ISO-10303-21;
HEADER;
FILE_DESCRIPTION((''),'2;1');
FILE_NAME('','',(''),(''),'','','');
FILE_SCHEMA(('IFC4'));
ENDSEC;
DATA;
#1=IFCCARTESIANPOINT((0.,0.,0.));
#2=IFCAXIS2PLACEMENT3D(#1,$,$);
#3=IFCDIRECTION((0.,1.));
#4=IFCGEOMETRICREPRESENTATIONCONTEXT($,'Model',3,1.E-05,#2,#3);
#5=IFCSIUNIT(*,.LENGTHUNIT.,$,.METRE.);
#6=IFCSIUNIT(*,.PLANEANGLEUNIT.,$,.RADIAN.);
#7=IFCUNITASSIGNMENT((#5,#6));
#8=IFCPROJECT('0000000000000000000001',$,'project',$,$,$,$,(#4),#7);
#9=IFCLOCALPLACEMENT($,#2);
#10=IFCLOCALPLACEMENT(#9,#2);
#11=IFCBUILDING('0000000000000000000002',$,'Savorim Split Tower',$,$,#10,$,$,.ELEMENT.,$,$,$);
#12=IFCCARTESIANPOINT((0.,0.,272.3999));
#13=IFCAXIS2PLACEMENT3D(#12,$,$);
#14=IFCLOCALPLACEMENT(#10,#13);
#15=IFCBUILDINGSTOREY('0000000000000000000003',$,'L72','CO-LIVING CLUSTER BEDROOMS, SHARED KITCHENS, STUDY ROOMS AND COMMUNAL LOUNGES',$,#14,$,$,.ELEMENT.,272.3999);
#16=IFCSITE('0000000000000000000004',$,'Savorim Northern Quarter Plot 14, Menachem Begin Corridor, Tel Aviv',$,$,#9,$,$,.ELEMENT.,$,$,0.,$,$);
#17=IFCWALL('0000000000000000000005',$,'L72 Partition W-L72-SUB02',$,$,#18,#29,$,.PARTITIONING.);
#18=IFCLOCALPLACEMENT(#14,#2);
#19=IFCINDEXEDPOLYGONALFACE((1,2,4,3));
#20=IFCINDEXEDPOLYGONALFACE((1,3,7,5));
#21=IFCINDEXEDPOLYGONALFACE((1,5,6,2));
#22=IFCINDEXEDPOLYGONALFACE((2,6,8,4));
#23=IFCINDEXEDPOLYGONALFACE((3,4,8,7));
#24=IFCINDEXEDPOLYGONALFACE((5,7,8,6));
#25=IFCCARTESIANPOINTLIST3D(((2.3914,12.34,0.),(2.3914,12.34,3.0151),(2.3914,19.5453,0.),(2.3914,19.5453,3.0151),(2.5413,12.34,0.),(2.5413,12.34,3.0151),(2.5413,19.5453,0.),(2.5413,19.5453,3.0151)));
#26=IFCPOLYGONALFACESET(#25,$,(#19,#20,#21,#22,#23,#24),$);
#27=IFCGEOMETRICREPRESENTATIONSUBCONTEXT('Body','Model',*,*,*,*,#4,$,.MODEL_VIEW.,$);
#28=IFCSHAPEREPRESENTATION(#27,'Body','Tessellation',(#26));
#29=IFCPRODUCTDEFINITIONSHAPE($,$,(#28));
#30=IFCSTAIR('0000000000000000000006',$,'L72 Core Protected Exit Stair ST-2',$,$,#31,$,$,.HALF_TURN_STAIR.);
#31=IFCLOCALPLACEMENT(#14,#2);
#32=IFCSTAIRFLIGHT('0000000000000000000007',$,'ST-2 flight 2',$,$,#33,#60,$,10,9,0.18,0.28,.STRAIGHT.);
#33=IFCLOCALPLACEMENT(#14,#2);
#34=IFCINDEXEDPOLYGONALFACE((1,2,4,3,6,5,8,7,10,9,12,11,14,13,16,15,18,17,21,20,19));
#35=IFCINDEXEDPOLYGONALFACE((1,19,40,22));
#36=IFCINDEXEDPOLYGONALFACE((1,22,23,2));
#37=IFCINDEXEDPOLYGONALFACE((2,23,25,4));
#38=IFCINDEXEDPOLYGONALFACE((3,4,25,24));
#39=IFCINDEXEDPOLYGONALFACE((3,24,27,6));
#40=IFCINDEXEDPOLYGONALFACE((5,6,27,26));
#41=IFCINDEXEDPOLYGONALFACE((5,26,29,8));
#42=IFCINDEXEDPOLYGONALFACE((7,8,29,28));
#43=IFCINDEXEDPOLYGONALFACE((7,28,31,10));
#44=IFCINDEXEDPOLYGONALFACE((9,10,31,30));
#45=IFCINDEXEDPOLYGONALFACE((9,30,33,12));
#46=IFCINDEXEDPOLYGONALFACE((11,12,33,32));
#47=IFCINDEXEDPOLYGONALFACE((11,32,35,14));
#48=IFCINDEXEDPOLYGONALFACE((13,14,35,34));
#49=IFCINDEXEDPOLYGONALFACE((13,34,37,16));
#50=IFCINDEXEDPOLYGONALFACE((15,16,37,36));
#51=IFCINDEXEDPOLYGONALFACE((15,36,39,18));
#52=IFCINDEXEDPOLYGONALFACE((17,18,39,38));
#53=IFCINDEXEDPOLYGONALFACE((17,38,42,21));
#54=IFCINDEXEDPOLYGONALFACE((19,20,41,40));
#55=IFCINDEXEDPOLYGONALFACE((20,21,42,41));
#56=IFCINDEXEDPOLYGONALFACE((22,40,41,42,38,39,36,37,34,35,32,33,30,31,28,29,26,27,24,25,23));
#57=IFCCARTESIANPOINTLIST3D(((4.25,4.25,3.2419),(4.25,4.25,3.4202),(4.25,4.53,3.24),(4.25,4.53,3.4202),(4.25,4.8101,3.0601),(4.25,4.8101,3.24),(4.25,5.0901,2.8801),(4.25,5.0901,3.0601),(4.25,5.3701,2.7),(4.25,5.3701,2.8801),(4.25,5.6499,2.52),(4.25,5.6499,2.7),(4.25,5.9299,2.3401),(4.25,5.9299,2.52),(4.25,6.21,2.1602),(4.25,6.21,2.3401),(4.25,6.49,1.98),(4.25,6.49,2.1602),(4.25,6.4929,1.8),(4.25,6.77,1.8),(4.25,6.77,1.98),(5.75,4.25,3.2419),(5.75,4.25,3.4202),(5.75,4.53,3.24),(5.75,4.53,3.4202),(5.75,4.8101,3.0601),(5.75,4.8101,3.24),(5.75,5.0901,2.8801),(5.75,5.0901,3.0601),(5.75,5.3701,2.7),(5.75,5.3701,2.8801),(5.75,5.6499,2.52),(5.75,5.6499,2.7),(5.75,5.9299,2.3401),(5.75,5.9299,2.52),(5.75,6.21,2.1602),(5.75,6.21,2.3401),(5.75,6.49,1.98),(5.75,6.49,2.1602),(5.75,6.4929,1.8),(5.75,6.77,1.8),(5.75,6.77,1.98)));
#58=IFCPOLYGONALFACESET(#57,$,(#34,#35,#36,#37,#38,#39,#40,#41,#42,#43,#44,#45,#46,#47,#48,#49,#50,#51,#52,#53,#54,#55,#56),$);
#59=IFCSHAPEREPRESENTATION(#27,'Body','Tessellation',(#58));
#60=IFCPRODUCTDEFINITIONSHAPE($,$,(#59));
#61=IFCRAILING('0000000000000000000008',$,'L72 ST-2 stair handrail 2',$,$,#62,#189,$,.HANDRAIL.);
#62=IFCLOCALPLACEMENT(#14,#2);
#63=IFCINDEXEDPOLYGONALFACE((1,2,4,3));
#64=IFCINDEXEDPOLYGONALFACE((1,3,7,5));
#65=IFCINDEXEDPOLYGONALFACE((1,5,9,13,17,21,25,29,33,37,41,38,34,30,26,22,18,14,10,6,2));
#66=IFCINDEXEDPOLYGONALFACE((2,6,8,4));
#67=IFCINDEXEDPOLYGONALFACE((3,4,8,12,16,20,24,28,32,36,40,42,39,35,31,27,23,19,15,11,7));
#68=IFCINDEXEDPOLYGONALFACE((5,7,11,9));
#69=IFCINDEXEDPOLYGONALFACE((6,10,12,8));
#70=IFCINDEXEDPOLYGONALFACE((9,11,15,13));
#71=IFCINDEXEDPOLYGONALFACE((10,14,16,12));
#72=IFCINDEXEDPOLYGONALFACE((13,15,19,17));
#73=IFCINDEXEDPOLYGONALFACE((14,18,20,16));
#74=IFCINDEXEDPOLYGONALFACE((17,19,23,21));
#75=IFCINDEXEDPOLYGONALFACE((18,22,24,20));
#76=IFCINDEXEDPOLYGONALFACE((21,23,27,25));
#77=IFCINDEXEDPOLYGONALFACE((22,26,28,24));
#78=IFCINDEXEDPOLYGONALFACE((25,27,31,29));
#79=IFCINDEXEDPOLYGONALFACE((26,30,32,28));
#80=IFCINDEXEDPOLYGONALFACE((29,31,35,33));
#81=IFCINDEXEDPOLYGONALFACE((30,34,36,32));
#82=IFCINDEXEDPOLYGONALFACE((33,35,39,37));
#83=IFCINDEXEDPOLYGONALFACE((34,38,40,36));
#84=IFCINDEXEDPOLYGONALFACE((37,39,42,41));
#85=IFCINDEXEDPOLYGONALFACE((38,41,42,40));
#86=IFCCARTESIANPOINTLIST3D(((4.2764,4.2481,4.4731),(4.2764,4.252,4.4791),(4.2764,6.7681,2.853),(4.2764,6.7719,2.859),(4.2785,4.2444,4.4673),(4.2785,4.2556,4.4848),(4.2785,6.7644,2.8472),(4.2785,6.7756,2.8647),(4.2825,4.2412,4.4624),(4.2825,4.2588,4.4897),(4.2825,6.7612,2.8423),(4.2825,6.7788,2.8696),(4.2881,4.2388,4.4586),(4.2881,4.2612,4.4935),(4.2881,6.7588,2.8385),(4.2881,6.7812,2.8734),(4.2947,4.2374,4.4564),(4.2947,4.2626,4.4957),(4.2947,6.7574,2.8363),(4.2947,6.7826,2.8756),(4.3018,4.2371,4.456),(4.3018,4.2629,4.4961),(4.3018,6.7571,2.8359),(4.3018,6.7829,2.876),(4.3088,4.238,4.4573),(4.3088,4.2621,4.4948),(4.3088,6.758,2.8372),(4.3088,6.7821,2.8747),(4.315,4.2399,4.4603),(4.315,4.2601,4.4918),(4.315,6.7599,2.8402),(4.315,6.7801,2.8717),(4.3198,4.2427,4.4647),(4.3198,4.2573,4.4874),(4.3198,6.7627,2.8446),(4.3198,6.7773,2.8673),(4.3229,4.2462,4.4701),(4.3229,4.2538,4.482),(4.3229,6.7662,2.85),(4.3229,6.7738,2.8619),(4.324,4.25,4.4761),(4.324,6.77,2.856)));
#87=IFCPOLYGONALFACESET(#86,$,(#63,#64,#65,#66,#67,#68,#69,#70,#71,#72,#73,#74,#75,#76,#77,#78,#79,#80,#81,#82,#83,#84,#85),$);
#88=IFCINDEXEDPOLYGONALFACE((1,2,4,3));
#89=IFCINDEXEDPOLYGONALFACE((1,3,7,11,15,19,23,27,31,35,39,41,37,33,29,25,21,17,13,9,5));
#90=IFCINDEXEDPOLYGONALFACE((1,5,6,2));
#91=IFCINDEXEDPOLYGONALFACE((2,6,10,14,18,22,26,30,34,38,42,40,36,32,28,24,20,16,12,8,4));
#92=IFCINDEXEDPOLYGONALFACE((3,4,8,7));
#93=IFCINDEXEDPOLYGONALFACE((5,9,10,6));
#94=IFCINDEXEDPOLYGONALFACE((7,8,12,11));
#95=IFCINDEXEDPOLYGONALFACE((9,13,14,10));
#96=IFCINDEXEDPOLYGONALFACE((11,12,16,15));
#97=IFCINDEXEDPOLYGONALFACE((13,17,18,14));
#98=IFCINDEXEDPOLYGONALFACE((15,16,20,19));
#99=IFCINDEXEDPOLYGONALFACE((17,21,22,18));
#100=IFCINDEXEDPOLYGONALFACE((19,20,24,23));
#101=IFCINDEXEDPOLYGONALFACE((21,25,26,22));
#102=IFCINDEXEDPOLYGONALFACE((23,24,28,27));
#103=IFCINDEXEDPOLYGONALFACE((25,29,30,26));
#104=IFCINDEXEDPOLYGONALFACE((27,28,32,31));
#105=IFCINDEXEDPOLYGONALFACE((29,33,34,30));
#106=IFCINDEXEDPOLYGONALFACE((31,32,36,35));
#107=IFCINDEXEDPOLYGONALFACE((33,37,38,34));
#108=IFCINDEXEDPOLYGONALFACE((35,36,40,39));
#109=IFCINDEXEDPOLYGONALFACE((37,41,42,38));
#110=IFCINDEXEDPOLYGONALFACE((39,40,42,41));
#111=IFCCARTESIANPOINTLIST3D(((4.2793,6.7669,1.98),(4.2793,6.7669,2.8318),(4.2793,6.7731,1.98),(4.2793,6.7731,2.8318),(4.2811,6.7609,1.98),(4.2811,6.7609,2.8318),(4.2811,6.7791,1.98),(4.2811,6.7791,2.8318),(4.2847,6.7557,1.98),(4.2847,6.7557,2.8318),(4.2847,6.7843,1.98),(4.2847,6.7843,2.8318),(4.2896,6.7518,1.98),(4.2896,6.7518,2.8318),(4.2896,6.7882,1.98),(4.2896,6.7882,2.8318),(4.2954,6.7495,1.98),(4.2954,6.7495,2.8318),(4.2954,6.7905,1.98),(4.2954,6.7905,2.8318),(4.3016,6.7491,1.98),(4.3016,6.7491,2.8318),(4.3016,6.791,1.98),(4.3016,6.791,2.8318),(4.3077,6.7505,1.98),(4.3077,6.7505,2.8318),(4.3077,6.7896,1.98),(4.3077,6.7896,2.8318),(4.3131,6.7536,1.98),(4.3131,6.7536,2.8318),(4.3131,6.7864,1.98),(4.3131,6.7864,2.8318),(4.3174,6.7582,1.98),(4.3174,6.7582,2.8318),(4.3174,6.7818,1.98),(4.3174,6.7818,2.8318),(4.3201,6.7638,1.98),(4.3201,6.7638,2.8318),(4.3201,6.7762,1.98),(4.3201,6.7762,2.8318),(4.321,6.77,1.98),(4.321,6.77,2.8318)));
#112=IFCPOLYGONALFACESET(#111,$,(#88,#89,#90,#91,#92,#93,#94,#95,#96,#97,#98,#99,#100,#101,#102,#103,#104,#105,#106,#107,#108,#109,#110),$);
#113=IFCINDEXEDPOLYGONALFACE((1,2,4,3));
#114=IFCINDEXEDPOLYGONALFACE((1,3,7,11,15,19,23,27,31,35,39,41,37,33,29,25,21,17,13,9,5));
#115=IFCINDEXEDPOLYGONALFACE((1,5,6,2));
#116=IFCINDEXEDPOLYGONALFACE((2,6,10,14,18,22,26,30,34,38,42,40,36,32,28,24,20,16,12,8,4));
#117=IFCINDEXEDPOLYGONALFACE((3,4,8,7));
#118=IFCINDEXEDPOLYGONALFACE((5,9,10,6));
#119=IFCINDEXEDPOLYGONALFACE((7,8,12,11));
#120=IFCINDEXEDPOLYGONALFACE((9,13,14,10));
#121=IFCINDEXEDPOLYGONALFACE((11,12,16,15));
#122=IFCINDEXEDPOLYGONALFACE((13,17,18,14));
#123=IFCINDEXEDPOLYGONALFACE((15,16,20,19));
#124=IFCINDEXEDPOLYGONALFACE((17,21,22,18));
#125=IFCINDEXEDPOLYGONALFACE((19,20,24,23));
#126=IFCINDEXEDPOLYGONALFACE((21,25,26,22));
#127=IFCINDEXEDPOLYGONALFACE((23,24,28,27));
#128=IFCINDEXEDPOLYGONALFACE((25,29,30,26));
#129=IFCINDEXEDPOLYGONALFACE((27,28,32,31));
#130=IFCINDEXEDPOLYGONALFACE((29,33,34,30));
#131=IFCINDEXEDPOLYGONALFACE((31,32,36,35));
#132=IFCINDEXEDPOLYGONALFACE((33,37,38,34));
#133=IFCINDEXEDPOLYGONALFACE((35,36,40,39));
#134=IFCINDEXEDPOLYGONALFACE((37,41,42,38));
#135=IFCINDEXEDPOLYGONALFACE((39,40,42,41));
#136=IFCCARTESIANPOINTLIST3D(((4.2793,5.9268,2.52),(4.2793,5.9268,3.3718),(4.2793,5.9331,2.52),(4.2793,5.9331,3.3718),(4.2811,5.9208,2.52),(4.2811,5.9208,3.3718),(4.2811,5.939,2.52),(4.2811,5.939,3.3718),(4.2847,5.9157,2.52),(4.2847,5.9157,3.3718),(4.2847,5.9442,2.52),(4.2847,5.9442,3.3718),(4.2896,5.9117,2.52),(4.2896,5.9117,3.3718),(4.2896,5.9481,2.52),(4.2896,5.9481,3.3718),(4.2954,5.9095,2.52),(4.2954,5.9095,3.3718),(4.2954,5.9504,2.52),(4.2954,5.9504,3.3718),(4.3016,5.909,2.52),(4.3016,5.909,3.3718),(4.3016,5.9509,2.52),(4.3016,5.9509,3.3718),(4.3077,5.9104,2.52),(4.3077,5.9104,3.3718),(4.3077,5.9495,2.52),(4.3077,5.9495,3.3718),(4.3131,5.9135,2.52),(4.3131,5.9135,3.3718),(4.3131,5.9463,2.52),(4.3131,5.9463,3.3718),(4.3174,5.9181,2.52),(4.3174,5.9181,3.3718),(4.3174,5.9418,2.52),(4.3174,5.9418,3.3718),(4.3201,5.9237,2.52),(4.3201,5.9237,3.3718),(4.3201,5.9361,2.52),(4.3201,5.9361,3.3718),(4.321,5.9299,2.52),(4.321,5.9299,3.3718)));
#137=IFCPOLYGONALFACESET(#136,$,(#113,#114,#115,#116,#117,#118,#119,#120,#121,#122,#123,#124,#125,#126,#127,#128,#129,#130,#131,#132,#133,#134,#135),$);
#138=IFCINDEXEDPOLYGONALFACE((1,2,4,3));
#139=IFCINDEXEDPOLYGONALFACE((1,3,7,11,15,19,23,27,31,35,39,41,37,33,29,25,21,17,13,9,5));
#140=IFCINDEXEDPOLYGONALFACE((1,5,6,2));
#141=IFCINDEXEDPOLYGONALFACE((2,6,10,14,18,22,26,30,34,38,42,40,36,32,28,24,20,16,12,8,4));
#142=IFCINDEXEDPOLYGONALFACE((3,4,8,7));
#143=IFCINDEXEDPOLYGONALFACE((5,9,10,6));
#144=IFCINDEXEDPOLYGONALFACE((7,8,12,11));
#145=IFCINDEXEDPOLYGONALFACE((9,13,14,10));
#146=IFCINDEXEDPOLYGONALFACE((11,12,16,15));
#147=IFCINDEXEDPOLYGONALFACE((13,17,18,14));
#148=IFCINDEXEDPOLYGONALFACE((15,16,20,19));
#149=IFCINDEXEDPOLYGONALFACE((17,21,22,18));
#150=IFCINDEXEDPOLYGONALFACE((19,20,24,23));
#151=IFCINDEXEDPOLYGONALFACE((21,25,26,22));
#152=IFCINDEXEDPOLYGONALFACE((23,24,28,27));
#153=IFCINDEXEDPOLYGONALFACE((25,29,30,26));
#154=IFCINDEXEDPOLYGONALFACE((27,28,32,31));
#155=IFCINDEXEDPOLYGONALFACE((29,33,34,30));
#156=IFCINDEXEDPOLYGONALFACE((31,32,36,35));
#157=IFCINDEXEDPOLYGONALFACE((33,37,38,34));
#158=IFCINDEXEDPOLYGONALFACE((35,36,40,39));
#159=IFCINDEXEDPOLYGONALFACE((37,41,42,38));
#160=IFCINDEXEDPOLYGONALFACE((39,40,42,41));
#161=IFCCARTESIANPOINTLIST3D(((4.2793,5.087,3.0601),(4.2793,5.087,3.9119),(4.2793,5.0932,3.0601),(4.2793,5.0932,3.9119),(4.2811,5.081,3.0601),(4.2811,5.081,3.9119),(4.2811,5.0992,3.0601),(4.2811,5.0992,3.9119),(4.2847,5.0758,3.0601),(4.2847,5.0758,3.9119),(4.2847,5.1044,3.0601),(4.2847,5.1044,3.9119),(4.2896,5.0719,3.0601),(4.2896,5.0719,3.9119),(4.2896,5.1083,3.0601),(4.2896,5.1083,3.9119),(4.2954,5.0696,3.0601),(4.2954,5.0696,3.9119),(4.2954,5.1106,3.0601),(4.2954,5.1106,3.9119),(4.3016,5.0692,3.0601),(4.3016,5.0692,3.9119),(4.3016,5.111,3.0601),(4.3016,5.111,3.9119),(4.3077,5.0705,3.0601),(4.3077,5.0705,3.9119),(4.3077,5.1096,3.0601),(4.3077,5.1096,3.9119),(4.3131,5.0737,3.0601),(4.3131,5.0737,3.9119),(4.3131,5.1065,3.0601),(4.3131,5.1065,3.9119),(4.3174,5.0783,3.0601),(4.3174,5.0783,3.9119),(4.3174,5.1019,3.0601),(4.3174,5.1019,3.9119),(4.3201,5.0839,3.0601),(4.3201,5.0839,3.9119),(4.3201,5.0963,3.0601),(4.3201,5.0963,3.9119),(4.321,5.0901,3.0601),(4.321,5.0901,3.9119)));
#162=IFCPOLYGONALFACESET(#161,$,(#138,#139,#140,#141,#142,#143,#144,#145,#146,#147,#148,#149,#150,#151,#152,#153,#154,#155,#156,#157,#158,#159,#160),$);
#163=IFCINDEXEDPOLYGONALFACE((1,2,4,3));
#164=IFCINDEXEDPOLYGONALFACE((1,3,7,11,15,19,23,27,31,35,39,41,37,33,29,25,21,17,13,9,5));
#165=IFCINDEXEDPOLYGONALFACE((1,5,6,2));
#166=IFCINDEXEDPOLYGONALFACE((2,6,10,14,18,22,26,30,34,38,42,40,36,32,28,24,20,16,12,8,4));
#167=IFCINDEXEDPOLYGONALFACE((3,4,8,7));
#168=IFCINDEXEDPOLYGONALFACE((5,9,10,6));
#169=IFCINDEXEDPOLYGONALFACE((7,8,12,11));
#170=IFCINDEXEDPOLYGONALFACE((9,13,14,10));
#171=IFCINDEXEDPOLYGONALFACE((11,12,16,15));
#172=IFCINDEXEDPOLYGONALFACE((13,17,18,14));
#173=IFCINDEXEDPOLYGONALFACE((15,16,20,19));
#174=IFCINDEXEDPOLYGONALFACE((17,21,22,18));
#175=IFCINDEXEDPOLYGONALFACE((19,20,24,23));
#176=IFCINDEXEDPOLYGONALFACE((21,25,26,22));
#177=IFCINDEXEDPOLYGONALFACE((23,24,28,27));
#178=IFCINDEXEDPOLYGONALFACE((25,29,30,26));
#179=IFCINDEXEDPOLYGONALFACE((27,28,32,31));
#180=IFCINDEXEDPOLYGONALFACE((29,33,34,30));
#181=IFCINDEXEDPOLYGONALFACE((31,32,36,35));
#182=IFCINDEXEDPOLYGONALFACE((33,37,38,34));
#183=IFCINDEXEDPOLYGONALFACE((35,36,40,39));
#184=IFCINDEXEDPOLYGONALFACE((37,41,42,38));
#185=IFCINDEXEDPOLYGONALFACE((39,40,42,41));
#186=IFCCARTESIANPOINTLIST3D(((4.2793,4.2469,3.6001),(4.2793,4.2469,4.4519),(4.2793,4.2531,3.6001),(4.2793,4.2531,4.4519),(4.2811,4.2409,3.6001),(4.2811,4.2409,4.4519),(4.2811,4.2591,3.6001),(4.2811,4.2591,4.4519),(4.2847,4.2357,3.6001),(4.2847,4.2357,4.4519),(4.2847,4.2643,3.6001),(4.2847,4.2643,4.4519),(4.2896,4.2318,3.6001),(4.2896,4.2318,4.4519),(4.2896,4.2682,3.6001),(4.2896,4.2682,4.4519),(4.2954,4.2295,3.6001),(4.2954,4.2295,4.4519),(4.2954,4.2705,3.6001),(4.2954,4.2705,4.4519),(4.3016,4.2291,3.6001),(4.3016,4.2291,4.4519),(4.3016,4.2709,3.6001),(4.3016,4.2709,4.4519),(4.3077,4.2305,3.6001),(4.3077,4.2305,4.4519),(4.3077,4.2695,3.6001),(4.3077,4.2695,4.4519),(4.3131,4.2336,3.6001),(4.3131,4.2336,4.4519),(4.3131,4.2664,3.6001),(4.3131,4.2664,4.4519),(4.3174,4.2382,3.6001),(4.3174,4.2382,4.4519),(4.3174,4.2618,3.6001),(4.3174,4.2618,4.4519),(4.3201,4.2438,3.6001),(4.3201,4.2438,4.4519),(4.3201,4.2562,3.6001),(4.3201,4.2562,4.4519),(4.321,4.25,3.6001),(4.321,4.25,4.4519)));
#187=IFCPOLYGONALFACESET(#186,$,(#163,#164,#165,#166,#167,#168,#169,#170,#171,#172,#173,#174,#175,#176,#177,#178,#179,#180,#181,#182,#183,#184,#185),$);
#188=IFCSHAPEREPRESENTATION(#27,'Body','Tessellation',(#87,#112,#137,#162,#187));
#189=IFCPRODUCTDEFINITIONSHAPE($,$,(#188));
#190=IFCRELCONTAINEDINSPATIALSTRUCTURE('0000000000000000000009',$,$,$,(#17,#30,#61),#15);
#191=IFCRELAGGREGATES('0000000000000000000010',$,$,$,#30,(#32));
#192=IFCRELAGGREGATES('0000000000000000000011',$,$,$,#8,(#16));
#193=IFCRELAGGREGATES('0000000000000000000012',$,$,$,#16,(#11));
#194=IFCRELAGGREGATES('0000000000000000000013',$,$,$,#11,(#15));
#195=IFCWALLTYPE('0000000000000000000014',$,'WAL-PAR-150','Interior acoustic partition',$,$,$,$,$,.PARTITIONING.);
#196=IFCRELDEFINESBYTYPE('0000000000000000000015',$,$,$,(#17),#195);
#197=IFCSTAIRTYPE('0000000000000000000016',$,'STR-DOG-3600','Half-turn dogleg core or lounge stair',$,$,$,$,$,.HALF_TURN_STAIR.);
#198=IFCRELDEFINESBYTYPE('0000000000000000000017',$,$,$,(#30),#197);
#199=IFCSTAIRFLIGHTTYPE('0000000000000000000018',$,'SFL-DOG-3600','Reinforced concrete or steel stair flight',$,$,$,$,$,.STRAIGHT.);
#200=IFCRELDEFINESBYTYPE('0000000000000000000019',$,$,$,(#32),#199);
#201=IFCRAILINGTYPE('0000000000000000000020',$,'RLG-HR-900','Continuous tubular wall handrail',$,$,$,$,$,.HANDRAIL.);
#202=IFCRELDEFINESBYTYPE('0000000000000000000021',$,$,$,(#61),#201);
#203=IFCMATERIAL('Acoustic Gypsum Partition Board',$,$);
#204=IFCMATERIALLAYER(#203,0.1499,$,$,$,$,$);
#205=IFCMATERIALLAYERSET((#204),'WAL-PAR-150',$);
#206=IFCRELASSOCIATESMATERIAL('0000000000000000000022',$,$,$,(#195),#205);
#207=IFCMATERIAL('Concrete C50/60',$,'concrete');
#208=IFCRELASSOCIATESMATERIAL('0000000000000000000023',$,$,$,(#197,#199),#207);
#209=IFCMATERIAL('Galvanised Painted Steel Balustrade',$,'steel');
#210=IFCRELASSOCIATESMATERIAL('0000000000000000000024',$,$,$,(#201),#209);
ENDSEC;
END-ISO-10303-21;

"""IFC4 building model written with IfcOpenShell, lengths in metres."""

from ifc_helpers import new_model, si_unit, direction, frame, frame_2d, origin, origin_2d, place, context, subcontext, project, spatial, polyline, rectangle, circle, outline, extrude, material, layer, layer_set, type_object, element, aggregate, save


model = new_model("IFC4")

# Units and contexts
model_context = context("Model", 3, precision=1e-05, world=origin(), true_north=direction((0.0, 1.0)))
body_context = subcontext(model_context, "Body", "Model", "MODEL_VIEW")
ifc_project = project(units=[si_unit("LENGTHUNIT", "METRE"), si_unit("PLANEANGLEUNIT", "RADIAN")], contexts=[model_context])

# Site, building, storey
site_placement = place(None, origin())
site = spatial("IfcSite", under=ifc_project, at=site_placement, Name="Savorim Northern Quarter Plot 14, Menachem Begin Corridor, Tel Aviv", CompositionType="ELEMENT", RefElevation=0.0)
building_placement = place(site_placement, origin())
building = spatial("IfcBuilding", under=site, at=building_placement, Name="Savorim Split Tower", CompositionType="ELEMENT")
storey_placement = place(building_placement, frame((0.0, 0.0, 272.3999)))
storey = spatial("IfcBuildingStorey", under=building, at=storey_placement, Name="L72", Description="CO-LIVING CLUSTER BEDROOMS, SHARED KITCHENS, STUDY ROOMS AND COMMUNAL LOUNGES", CompositionType="ELEMENT", Elevation=272.3999)

# Shared definitions
ifc_material_1 = material(Name="Acoustic Gypsum Partition Board")
ifc_layer_1 = layer(ifc_material_1, 0.1499)
ifc_layer_set_1 = layer_set([ifc_layer_1], Name="WAL-PAR-150")
wall_type_1 = type_object("IfcWallType", Name="WAL-PAR-150", Description="Interior acoustic partition", PredefinedType="PARTITIONING", material=ifc_layer_set_1)

# Wall
wall_1_placement = place(storey_placement, frame((2.4663, 12.3401, 0.0), z_axis=(0.0, 0.0, 1.0), x_axis=(0.0, 1.0, 0.0)))
element("IfcWall", 1, at=wall_1_placement, inside=storey, type_object=wall_type_1, Name="L72 Partition W-L72-SUB02", PredefinedType="PARTITIONING", context=body_context, shape_type="SweptSolid", body=[
    extrude(rectangle(XDim=7.2053, YDim=0.1499, at=frame_2d((3.6025, 0.0))), origin(), (0.0, 0.0, 1.0), 3.0151),
])

# Stair, stair flight
ifc_material_2 = material(Name="Concrete C50/60", Category="concrete")
stair_type = type_object("IfcStairType", Name="STR-DOG-3600", Description="Half-turn dogleg core or lounge stair", PredefinedType="HALF_TURN_STAIR", material=ifc_material_2)
stair_placement = place(storey_placement, origin())
stair = element("IfcStair", 2, at=stair_placement, inside=storey, type_object=stair_type, Name="L72 Core Protected Exit Stair ST-2", PredefinedType="HALF_TURN_STAIR")
stair_flight_type = type_object("IfcStairFlightType", Name="SFL-DOG-3600", Description="Reinforced concrete or steel stair flight", PredefinedType="STRAIGHT", material=ifc_material_2)
stair_flight_placement = place(storey_placement, frame((5.0, 6.77, 1.8), z_axis=(0.0, 0.0, 1.0), x_axis=(0.0, -1.0, 0.0)))
stair_flight = element("IfcStairFlight", 3, at=stair_flight_placement, type_object=stair_flight_type, Name="ST-2 flight 2", NumberOfRisers=10, NumberOfTreads=9, PredefinedType="STRAIGHT", RiserHeight=0.18, TreadLength=0.28, context=body_context, shape_type="SweptSolid", body=[
    extrude(outline(polyline([(0.0, 0.0), (0.0, 0.1799), (0.28, 0.1799), (0.28, 0.3601), (0.5601, 0.3601), (0.5601, 0.54), (0.8401, 0.54), (0.8401, 0.72), (1.1201, 0.72), (1.1201, 0.8999), (1.3999, 0.8999), (1.3999, 1.0801), (1.6799, 1.0801), (1.6799, 1.26), (1.96, 1.26), (1.96, 1.4399), (2.24, 1.4399), (2.24, 1.6201), (2.52, 1.6201), (2.52, 1.8), (2.52, 1.4419), (0.2771, 0.0), (0.0, 0.0)])), frame((0.0, 0.75, 0.0), z_axis=(0.0, -1.0, 0.0), x_axis=(1.0, 0.0, 0.0)), (0.0, 0.0, 1.0), 1.5),
])
aggregate(stair, [stair_flight])

# Railing
ifc_material_3 = material(Name="Galvanised Painted Steel Balustrade", Category="steel")
railing_type_1 = type_object("IfcRailingType", Name="RLG-HR-900", Description="Continuous tubular wall handrail", PredefinedType="HANDRAIL", material=ifc_material_3)
railing_1_placement = place(storey_placement, frame((4.3, 6.77, 1.98)))
element("IfcRailing", 4, at=railing_1_placement, inside=storey, type_object=railing_type_1, Name="L72 ST-2 stair handrail 2", PredefinedType="HANDRAIL", context=body_context, shape_type="SweptSolid", body=[
    extrude(circle(Radius=0.0239, at=origin_2d()), frame((0.0, 0.0, 0.876), z_axis=(0.0, -0.841163, 0.540782), x_axis=(1.0, 0.0, 0.0)), (0.0, 0.0, 1.0), 2.9958),
    extrude(circle(Radius=0.021, at=origin_2d()), origin(), (0.0, 0.0, 1.0), 0.8518),
    extrude(circle(Radius=0.021, at=origin_2d()), frame((0.0, -0.8401, 0.54)), (0.0, 0.0, 1.0), 0.8518),
    extrude(circle(Radius=0.021, at=origin_2d()), frame((0.0, -1.6799, 1.0801)), (0.0, 0.0, 1.0), 0.8518),
    extrude(circle(Radius=0.021, at=origin_2d()), frame((0.0, -2.52, 1.6201)), (0.0, 0.0, 1.0), 0.8518),
])

save(model, "model.ifc")
